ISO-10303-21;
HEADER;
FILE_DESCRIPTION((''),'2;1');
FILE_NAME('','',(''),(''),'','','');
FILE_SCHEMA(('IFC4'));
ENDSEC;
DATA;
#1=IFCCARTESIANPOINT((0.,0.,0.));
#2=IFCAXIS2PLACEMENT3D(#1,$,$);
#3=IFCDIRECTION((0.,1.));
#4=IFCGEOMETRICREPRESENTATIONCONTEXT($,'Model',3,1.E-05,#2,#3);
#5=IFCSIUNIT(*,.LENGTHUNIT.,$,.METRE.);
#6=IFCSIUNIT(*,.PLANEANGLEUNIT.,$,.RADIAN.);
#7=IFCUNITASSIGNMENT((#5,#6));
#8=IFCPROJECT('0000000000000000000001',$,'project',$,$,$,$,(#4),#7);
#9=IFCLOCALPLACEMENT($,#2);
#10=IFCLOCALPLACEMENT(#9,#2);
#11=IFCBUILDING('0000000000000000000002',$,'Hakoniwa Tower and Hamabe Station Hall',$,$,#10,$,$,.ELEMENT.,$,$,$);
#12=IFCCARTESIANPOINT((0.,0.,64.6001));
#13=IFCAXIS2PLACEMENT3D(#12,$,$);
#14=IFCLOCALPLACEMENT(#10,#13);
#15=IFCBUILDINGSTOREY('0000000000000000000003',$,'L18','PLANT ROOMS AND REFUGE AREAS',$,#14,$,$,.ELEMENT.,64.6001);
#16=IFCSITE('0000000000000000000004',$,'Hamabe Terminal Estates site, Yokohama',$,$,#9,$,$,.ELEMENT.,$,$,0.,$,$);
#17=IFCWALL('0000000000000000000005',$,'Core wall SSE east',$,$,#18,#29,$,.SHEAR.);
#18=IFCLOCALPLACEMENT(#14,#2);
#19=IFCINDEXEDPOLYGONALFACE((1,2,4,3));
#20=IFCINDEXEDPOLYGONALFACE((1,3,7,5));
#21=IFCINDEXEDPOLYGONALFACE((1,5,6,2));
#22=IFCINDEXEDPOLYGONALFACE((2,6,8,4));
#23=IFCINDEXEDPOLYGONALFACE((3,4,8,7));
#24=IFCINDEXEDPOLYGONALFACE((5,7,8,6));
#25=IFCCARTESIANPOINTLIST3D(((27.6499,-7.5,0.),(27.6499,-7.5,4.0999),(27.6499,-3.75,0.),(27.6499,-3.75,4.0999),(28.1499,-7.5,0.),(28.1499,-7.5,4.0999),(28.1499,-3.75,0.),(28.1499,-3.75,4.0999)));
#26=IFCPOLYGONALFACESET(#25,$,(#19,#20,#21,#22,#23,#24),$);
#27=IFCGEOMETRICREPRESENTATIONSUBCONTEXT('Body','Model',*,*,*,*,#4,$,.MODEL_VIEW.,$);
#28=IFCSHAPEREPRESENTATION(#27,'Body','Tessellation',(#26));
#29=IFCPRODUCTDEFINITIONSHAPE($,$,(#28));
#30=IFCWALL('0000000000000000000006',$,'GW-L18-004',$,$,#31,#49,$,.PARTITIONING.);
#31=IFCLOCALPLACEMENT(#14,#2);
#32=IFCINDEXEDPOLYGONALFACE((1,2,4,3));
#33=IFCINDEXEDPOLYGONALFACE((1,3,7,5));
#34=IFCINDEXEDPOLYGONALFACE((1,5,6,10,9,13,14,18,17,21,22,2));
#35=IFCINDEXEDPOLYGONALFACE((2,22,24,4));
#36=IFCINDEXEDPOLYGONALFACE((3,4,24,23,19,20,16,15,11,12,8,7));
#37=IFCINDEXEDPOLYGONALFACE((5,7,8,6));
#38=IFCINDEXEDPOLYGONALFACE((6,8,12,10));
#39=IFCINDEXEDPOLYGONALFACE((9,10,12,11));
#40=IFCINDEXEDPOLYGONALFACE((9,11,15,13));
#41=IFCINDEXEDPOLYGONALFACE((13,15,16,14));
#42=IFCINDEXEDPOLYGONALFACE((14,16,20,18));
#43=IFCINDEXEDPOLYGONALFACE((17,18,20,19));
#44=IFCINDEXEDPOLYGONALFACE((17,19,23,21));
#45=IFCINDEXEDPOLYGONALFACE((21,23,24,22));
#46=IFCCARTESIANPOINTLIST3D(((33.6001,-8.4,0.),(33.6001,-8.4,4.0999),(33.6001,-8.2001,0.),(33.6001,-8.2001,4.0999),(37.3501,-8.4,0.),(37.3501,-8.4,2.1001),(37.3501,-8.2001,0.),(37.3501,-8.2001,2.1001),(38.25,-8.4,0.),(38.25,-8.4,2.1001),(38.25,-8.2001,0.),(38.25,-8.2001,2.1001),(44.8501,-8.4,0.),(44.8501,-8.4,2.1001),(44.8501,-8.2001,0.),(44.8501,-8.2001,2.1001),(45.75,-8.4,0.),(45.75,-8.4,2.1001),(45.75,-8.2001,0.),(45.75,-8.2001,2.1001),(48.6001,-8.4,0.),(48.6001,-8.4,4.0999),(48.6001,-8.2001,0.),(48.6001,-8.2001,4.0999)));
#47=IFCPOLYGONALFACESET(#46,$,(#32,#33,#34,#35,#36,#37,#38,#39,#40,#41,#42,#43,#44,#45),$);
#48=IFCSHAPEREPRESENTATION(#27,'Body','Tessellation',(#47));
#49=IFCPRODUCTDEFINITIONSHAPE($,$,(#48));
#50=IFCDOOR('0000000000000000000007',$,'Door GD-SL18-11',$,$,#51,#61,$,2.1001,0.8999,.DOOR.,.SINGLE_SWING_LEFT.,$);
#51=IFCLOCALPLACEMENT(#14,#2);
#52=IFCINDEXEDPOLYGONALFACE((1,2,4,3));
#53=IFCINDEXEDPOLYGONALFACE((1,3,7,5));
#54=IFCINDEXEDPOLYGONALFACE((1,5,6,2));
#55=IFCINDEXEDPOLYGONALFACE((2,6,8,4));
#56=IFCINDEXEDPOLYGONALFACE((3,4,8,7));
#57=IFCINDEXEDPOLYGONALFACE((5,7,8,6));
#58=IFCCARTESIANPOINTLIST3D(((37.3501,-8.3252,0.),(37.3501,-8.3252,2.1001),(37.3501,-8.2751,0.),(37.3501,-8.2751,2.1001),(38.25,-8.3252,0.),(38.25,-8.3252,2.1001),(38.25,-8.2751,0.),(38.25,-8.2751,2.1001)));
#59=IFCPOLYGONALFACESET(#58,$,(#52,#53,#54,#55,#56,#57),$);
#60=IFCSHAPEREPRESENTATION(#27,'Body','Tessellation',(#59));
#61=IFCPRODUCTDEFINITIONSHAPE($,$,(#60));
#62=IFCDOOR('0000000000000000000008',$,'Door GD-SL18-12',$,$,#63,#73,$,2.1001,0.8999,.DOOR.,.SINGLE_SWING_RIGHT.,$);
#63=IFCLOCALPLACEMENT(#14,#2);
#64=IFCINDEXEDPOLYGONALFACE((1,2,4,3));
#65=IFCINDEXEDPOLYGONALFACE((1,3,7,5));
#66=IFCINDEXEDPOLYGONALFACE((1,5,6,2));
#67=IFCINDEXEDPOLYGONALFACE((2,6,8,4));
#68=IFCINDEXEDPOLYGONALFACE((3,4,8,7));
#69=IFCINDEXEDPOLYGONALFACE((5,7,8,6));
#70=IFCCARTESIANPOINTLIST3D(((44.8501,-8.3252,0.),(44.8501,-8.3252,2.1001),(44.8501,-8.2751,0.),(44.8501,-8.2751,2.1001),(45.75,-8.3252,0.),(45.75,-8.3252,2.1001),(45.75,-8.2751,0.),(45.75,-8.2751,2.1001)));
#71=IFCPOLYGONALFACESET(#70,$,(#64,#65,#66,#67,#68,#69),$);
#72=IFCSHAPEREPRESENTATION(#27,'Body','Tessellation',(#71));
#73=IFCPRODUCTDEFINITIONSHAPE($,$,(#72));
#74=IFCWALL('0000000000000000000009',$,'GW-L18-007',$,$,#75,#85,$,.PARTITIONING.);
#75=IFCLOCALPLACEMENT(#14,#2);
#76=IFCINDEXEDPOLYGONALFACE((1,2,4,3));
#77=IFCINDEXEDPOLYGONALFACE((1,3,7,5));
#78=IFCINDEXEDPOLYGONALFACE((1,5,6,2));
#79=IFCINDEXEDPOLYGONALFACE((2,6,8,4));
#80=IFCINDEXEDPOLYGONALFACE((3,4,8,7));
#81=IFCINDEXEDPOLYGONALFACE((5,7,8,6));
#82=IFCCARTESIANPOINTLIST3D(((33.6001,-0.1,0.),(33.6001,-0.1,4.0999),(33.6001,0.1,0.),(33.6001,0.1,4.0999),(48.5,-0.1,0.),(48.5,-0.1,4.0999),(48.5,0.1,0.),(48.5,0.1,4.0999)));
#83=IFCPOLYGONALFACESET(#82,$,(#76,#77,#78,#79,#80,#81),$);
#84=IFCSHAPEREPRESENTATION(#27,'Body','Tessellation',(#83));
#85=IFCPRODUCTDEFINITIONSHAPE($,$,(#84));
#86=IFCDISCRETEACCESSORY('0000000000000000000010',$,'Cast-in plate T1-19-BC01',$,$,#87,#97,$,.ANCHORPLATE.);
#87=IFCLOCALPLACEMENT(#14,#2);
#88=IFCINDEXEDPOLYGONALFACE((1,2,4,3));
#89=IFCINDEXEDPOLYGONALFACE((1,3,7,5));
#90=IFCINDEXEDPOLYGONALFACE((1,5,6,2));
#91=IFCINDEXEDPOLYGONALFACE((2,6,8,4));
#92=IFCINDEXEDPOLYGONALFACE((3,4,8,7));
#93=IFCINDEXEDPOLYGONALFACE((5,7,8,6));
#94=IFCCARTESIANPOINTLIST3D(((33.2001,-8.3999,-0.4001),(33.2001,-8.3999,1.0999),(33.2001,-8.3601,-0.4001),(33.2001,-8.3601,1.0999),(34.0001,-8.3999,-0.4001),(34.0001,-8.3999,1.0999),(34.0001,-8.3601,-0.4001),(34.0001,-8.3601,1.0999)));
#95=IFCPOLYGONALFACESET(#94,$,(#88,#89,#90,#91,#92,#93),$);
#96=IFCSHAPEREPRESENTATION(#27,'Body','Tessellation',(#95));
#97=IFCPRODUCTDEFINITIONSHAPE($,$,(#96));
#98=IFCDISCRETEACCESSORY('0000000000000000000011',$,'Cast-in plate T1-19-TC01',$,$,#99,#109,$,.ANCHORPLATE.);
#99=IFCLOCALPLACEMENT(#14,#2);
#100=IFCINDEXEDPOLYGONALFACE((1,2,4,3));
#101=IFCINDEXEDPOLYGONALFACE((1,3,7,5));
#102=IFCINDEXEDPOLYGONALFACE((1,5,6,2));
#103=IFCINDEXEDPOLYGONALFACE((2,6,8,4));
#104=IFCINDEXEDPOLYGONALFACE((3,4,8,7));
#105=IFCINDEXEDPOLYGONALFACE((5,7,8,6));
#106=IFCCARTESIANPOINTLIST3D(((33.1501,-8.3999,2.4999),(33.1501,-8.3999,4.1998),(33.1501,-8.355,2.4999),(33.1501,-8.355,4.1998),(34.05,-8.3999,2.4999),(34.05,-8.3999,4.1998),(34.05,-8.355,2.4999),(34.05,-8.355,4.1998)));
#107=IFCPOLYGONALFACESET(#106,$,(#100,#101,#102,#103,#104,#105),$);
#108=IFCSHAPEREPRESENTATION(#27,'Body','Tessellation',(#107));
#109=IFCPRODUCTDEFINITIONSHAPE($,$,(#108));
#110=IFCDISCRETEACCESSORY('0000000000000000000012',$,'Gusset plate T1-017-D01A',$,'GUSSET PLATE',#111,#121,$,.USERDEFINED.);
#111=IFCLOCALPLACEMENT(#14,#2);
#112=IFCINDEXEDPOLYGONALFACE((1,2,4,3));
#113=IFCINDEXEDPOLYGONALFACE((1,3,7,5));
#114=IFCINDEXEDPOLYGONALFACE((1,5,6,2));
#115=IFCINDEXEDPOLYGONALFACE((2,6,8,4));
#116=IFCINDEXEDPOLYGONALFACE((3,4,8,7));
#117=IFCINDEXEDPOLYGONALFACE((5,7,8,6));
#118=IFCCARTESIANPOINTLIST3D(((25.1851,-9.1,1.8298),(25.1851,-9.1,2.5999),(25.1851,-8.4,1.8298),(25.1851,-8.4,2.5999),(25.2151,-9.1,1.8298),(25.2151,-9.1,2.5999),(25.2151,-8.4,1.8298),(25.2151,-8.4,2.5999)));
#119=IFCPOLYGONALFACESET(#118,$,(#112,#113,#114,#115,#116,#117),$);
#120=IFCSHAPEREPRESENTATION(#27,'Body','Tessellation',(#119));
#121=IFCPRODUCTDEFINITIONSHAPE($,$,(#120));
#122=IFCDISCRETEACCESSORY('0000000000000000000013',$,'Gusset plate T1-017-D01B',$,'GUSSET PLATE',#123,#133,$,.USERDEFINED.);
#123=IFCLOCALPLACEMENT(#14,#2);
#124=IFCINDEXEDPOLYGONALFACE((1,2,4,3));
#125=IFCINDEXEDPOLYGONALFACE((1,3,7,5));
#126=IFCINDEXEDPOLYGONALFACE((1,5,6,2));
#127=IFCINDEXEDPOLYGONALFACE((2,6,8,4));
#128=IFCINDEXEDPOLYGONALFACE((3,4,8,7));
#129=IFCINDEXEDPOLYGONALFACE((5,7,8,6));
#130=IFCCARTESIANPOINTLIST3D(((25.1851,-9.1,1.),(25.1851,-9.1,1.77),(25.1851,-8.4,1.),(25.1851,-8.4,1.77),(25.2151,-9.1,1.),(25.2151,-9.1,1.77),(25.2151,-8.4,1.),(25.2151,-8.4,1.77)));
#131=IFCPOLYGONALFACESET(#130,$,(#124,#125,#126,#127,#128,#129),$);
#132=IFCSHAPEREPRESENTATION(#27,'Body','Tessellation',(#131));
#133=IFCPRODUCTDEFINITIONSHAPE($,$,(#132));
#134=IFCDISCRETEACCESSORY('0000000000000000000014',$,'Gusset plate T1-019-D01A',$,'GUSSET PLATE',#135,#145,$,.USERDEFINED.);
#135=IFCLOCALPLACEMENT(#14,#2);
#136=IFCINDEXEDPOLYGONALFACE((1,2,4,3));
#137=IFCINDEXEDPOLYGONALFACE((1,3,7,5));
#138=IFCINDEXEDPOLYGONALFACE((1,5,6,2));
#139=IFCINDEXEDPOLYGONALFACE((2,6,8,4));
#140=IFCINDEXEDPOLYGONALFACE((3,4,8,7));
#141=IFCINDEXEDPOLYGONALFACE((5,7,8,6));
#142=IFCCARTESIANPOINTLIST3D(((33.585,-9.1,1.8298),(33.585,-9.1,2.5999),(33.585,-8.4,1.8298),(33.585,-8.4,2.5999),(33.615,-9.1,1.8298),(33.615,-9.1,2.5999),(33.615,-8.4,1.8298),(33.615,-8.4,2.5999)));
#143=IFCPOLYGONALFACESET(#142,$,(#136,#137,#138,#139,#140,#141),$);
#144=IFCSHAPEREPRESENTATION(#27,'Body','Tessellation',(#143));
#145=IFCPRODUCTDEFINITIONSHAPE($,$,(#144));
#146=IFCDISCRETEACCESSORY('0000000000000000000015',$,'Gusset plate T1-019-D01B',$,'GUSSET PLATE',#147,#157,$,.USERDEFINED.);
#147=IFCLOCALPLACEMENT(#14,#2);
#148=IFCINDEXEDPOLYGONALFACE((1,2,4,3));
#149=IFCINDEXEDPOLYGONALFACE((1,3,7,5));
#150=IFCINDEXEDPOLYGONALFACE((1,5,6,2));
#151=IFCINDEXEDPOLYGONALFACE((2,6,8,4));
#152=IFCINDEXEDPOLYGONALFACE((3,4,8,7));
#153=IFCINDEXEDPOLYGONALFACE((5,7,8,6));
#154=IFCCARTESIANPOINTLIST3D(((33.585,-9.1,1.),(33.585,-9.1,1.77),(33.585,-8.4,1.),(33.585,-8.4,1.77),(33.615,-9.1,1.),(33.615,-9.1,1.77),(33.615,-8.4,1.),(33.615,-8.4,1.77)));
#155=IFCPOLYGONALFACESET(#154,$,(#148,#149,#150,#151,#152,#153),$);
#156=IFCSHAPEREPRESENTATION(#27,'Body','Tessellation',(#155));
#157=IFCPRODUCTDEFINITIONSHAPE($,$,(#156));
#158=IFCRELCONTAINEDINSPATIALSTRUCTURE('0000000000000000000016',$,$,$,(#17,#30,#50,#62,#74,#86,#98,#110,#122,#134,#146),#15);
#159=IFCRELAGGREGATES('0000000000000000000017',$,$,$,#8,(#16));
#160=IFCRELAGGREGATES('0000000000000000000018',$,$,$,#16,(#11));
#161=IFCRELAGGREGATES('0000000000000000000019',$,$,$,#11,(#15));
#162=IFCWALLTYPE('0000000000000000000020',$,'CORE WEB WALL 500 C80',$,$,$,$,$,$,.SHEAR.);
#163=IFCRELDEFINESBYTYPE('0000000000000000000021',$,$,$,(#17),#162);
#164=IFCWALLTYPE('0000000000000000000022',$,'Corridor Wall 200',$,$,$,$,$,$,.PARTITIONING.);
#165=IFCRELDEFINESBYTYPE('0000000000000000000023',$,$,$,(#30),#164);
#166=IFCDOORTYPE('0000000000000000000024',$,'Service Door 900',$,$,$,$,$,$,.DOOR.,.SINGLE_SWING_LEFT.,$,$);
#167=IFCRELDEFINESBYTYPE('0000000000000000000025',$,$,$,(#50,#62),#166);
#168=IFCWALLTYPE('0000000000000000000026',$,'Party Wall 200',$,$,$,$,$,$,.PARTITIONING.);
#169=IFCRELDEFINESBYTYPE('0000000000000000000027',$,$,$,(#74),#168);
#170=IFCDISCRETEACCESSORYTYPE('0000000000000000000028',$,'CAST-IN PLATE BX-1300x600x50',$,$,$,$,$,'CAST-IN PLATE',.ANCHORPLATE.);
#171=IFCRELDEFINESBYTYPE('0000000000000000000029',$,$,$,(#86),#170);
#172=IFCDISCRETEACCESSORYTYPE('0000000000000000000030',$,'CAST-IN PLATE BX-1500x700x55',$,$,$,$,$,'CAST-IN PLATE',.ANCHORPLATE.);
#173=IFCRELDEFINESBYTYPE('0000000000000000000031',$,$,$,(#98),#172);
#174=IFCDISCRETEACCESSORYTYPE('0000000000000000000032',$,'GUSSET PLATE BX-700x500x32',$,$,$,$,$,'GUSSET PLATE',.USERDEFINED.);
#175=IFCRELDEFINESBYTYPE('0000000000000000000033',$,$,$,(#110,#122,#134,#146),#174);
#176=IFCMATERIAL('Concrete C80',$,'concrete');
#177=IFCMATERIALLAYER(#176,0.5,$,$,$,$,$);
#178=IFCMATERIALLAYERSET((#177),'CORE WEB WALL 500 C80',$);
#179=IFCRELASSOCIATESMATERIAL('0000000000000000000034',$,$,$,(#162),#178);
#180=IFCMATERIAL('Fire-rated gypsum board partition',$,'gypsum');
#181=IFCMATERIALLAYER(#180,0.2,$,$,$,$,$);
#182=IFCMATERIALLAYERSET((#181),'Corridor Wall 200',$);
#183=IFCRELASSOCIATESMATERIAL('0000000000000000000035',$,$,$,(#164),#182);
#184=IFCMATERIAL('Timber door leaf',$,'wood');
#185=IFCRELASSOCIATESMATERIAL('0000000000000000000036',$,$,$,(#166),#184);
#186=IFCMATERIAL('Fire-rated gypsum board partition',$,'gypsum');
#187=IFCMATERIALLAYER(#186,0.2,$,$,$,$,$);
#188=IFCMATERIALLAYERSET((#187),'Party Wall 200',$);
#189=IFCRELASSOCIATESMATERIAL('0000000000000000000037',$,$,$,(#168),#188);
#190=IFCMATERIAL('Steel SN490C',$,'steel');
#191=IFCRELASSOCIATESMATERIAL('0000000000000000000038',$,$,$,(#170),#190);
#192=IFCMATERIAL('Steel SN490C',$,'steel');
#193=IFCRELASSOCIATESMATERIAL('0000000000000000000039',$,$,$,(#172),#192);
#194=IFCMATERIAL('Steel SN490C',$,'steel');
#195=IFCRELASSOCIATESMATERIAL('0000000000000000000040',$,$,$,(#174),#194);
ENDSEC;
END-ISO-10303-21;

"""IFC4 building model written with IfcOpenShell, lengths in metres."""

from ifc_helpers import new_model, si_unit, direction, frame, frame_2d, origin, origin_2d, place, context, subcontext, project, spatial, rectangle, extrude, material, layer, layer_set, material_profile, profile_set, type_object, element, fill, save


model = new_model("IFC4")

# Units and contexts
model_context = context("Model", 3, precision=1e-05, world=origin(), true_north=direction((0.0, 1.0)))
body_context = subcontext(model_context, "Body", "Model", "MODEL_VIEW")
ifc_project = project(units=[si_unit("LENGTHUNIT", "METRE"), si_unit("PLANEANGLEUNIT", "RADIAN")], contexts=[model_context])

# Site, building, storey
site_placement = place(None, origin())
site = spatial("IfcSite", under=ifc_project, at=site_placement, Name="Hamabe Terminal Estates site, Yokohama", CompositionType="ELEMENT", RefElevation=0.0)
building_placement = place(site_placement, origin())
building = spatial("IfcBuilding", under=site, at=building_placement, Name="Hakoniwa Tower and Hamabe Station Hall", CompositionType="ELEMENT")
storey_placement = place(building_placement, frame((0.0, 0.0, 64.6001)))
storey = spatial("IfcBuildingStorey", under=building, at=storey_placement, Name="L18", Description="PLANT ROOMS AND REFUGE AREAS", CompositionType="ELEMENT", Elevation=64.6001)

# Wall
ifc_material_1 = material(Name="Concrete C80", Category="concrete")
ifc_layer_1 = layer(ifc_material_1, 0.5)
ifc_layer_set_1 = layer_set([ifc_layer_1], Name="CORE WEB WALL 500 C80")
wall_type_1 = type_object("IfcWallType", Name="CORE WEB WALL 500 C80", PredefinedType="SHEAR", material=ifc_layer_set_1)
wall_1_placement = place(storey_placement, frame((27.8999, -7.5, 0.0), z_axis=(0.0, 0.0, 1.0), x_axis=(0.0, 1.0, 0.0)))
element("IfcWall", 1, at=wall_1_placement, inside=storey, type_object=wall_type_1, Name="Core wall SSE east", PredefinedType="SHEAR", context=body_context, shape_type="SweptSolid", body=[
    extrude(rectangle(XDim=3.75, YDim=0.5, at=frame_2d((1.875, 0.0))), origin(), (0.0, 0.0, 1.0), 4.0999),
])

# Wall, openings, doors
ifc_material_2 = material(Name="Fire-rated gypsum board partition", Category="gypsum")
ifc_layer_2 = layer(ifc_material_2, 0.2)
ifc_layer_set_2 = layer_set([ifc_layer_2], Name="Corridor Wall 200")
wall_type_2 = type_object("IfcWallType", Name="Corridor Wall 200", PredefinedType="PARTITIONING", material=ifc_layer_set_2)
wall_2_placement = place(storey_placement, frame((33.6001, -8.3, 0.0), z_axis=(0.0, 0.0, 1.0), x_axis=(1.0, 0.0, 0.0)))
wall_2 = element("IfcWall", 2, at=wall_2_placement, inside=storey, type_object=wall_type_2, Name="GW-L18-004", PredefinedType="PARTITIONING", context=body_context, shape_type="SweptSolid", body=[
    extrude(rectangle(XDim=15.0, YDim=0.2, at=frame_2d((7.5, 0.0))), origin(), (0.0, 0.0, 1.0), 4.0999),
])
opening_1_placement = place(wall_2_placement, frame((3.75, 0.0, 0.0)))
opening_1 = element("IfcOpeningElement", 3, at=opening_1_placement, cuts=wall_2, PredefinedType="OPENING", context=body_context, shape_type="SweptSolid", body=[
    extrude(rectangle(XDim=0.8999, YDim=2.1001, at=frame_2d((0.45, 1.05))), frame((0.0, 0.1099, 0.0), z_axis=(0.0, -1.0, 0.0), x_axis=(1.0, 0.0, 0.0)), (0.0, 0.0, 1.0), 0.22),
])
opening_2_placement = place(wall_2_placement, frame((11.25, 0.0, 0.0)))
opening_2 = element("IfcOpeningElement", 4, at=opening_2_placement, cuts=wall_2, PredefinedType="OPENING", context=body_context, shape_type="SweptSolid", body=[
    extrude(rectangle(XDim=0.8999, YDim=2.1001, at=frame_2d((0.45, 1.05))), frame((0.0, 0.1099, 0.0), z_axis=(0.0, -1.0, 0.0), x_axis=(1.0, 0.0, 0.0)), (0.0, 0.0, 1.0), 0.22),
])
ifc_material_3 = material(Name="Timber door leaf", Category="wood")
door_type_1 = type_object("IfcDoorType", Name="Service Door 900", OperationType="SINGLE_SWING_LEFT", PredefinedType="DOOR", material=ifc_material_3)
door_1_placement = place(opening_1_placement, origin())
door_1 = element("IfcDoor", 5, at=door_1_placement, inside=storey, type_object=door_type_1, Name="Door GD-SL18-11", OperationType="SINGLE_SWING_LEFT", OverallHeight=2.1001, OverallWidth=0.8999, PredefinedType="DOOR", context=body_context, shape_type="SweptSolid", body=[
    extrude(rectangle(XDim=0.8999, YDim=2.1001, at=frame_2d((0.45, 1.05))), frame((0.0, 0.0249, 0.0), z_axis=(0.0, -1.0, 0.0), x_axis=(1.0, 0.0, 0.0)), (0.0, 0.0, 1.0), 0.05),
])
fill(opening_1, door_1)
door_2_placement = place(opening_2_placement, origin())
door_2 = element("IfcDoor", 6, at=door_2_placement, inside=storey, type_object=door_type_1, Name="Door GD-SL18-12", OperationType="SINGLE_SWING_RIGHT", OverallHeight=2.1001, OverallWidth=0.8999, PredefinedType="DOOR", context=body_context, shape_type="SweptSolid", body=[
    extrude(rectangle(XDim=0.8999, YDim=2.1001, at=frame_2d((0.45, 1.05))), frame((0.0, 0.0249, 0.0), z_axis=(0.0, -1.0, 0.0), x_axis=(1.0, 0.0, 0.0)), (0.0, 0.0, 1.0), 0.05),
])
fill(opening_2, door_2)

# Wall
ifc_material_4 = material(Name="Fire-rated gypsum board partition", Category="gypsum")
ifc_layer_3 = layer(ifc_material_4, 0.2)
ifc_layer_set_3 = layer_set([ifc_layer_3], Name="Party Wall 200")
wall_type_3 = type_object("IfcWallType", Name="Party Wall 200", PredefinedType="PARTITIONING", material=ifc_layer_set_3)
wall_3_placement = place(storey_placement, frame((33.6001, 0.0, 0.0), z_axis=(0.0, 0.0, 1.0), x_axis=(1.0, 0.0, 0.0)))
element("IfcWall", 7, at=wall_3_placement, inside=storey, type_object=wall_type_3, Name="GW-L18-007", PredefinedType="PARTITIONING", context=body_context, shape_type="SweptSolid", body=[
    extrude(rectangle(XDim=14.8999, YDim=0.2, at=frame_2d((7.45, 0.0))), origin(), (0.0, 0.0, 1.0), 4.0999),
])

# Discrete accessories
ifc_material_5 = material(Name="Steel SN490C", Category="steel")
ifc_material_profile_1 = material_profile(ifc_material_5, rectangle(XDim=0.8, YDim=1.5, at=origin_2d()), Name="CAST-IN PLATE BX-1300x600x50")
ifc_profile_set_1 = profile_set([ifc_material_profile_1], Name="Steel SN490C")
discrete_accessory_type_1 = type_object("IfcDiscreteAccessoryType", Name="CAST-IN PLATE BX-1300x600x50", ElementType="CAST-IN PLATE", PredefinedType="ANCHORPLATE", material=ifc_profile_set_1)
discrete_accessory_1_placement = place(storey_placement, frame((33.6001, -8.3601, 0.3499), z_axis=(0.0, -1.0, 0.0), x_axis=(1.0, 0.0, 0.0)))
element("IfcDiscreteAccessory", 8, at=discrete_accessory_1_placement, inside=storey, type_object=discrete_accessory_type_1, Name="Cast-in plate T1-19-BC01", PredefinedType="ANCHORPLATE", context=body_context, shape_type="SweptSolid", body=[
    extrude(rectangle(XDim=0.8, YDim=1.5, at=origin_2d()), origin(), (0.0, 0.0, 1.0), 0.0398),
])
ifc_material_6 = material(Name="Steel SN490C", Category="steel")
ifc_material_profile_2 = material_profile(ifc_material_6, rectangle(XDim=0.8999, YDim=1.7, at=origin_2d()), Name="CAST-IN PLATE BX-1500x700x55")
ifc_profile_set_2 = profile_set([ifc_material_profile_2], Name="Steel SN490C")
discrete_accessory_type_2 = type_object("IfcDiscreteAccessoryType", Name="CAST-IN PLATE BX-1500x700x55", ElementType="CAST-IN PLATE", PredefinedType="ANCHORPLATE", material=ifc_profile_set_2)
discrete_accessory_2_placement = place(storey_placement, frame((33.6001, -8.355, 3.3499), z_axis=(0.0, -1.0, 0.0), x_axis=(1.0, 0.0, 0.0)))
element("IfcDiscreteAccessory", 9, at=discrete_accessory_2_placement, inside=storey, type_object=discrete_accessory_type_2, Name="Cast-in plate T1-19-TC01", PredefinedType="ANCHORPLATE", context=body_context, shape_type="SweptSolid", body=[
    extrude(rectangle(XDim=0.8999, YDim=1.7, at=origin_2d()), origin(), (0.0, 0.0, 1.0), 0.0449),
])
ifc_material_7 = material(Name="Steel SN490C", Category="steel")
ifc_material_profile_3 = material_profile(ifc_material_7, rectangle(XDim=0.7, YDim=0.77, at=origin_2d()), Name="GUSSET PLATE BX-700x500x32")
ifc_profile_set_3 = profile_set([ifc_material_profile_3], Name="Steel SN490C")
discrete_accessory_type_3 = type_object("IfcDiscreteAccessoryType", Name="GUSSET PLATE BX-700x500x32", ElementType="GUSSET PLATE", PredefinedType="USERDEFINED", material=ifc_profile_set_3)
for number, where, z_axis, x_axis, name in (
    (10, (25.2151, -8.75, 2.2148), (-1.0, 0.0, 0.0), (0.0, -1.0, 0.0), "Gusset plate T1-017-D01A"),
    (11, (25.2151, -8.75, 1.385), (-1.0, 0.0, 0.0), (0.0, -1.0, 0.0), "Gusset plate T1-017-D01B"),
    (12, (33.615, -8.75, 2.2148), (-1.0, 0.0, 0.0), (0.0, -1.0, 0.0), "Gusset plate T1-019-D01A"),
    (13, (33.615, -8.75, 1.385), (-1.0, 0.0, 0.0), (0.0, -1.0, 0.0), "Gusset plate T1-019-D01B"),
):
    element("IfcDiscreteAccessory", number, at=place(storey_placement, frame(where, z_axis=z_axis, x_axis=x_axis)), inside=storey, type_object=discrete_accessory_type_3, Name=name, ObjectType="GUSSET PLATE", PredefinedType="USERDEFINED", context=body_context, shape_type="SweptSolid", body=[
        extrude(rectangle(XDim=0.7, YDim=0.77, at=origin_2d()), origin(), (0.0, 0.0, 1.0), 0.03),
    ])

save(model, "model.ifc")
